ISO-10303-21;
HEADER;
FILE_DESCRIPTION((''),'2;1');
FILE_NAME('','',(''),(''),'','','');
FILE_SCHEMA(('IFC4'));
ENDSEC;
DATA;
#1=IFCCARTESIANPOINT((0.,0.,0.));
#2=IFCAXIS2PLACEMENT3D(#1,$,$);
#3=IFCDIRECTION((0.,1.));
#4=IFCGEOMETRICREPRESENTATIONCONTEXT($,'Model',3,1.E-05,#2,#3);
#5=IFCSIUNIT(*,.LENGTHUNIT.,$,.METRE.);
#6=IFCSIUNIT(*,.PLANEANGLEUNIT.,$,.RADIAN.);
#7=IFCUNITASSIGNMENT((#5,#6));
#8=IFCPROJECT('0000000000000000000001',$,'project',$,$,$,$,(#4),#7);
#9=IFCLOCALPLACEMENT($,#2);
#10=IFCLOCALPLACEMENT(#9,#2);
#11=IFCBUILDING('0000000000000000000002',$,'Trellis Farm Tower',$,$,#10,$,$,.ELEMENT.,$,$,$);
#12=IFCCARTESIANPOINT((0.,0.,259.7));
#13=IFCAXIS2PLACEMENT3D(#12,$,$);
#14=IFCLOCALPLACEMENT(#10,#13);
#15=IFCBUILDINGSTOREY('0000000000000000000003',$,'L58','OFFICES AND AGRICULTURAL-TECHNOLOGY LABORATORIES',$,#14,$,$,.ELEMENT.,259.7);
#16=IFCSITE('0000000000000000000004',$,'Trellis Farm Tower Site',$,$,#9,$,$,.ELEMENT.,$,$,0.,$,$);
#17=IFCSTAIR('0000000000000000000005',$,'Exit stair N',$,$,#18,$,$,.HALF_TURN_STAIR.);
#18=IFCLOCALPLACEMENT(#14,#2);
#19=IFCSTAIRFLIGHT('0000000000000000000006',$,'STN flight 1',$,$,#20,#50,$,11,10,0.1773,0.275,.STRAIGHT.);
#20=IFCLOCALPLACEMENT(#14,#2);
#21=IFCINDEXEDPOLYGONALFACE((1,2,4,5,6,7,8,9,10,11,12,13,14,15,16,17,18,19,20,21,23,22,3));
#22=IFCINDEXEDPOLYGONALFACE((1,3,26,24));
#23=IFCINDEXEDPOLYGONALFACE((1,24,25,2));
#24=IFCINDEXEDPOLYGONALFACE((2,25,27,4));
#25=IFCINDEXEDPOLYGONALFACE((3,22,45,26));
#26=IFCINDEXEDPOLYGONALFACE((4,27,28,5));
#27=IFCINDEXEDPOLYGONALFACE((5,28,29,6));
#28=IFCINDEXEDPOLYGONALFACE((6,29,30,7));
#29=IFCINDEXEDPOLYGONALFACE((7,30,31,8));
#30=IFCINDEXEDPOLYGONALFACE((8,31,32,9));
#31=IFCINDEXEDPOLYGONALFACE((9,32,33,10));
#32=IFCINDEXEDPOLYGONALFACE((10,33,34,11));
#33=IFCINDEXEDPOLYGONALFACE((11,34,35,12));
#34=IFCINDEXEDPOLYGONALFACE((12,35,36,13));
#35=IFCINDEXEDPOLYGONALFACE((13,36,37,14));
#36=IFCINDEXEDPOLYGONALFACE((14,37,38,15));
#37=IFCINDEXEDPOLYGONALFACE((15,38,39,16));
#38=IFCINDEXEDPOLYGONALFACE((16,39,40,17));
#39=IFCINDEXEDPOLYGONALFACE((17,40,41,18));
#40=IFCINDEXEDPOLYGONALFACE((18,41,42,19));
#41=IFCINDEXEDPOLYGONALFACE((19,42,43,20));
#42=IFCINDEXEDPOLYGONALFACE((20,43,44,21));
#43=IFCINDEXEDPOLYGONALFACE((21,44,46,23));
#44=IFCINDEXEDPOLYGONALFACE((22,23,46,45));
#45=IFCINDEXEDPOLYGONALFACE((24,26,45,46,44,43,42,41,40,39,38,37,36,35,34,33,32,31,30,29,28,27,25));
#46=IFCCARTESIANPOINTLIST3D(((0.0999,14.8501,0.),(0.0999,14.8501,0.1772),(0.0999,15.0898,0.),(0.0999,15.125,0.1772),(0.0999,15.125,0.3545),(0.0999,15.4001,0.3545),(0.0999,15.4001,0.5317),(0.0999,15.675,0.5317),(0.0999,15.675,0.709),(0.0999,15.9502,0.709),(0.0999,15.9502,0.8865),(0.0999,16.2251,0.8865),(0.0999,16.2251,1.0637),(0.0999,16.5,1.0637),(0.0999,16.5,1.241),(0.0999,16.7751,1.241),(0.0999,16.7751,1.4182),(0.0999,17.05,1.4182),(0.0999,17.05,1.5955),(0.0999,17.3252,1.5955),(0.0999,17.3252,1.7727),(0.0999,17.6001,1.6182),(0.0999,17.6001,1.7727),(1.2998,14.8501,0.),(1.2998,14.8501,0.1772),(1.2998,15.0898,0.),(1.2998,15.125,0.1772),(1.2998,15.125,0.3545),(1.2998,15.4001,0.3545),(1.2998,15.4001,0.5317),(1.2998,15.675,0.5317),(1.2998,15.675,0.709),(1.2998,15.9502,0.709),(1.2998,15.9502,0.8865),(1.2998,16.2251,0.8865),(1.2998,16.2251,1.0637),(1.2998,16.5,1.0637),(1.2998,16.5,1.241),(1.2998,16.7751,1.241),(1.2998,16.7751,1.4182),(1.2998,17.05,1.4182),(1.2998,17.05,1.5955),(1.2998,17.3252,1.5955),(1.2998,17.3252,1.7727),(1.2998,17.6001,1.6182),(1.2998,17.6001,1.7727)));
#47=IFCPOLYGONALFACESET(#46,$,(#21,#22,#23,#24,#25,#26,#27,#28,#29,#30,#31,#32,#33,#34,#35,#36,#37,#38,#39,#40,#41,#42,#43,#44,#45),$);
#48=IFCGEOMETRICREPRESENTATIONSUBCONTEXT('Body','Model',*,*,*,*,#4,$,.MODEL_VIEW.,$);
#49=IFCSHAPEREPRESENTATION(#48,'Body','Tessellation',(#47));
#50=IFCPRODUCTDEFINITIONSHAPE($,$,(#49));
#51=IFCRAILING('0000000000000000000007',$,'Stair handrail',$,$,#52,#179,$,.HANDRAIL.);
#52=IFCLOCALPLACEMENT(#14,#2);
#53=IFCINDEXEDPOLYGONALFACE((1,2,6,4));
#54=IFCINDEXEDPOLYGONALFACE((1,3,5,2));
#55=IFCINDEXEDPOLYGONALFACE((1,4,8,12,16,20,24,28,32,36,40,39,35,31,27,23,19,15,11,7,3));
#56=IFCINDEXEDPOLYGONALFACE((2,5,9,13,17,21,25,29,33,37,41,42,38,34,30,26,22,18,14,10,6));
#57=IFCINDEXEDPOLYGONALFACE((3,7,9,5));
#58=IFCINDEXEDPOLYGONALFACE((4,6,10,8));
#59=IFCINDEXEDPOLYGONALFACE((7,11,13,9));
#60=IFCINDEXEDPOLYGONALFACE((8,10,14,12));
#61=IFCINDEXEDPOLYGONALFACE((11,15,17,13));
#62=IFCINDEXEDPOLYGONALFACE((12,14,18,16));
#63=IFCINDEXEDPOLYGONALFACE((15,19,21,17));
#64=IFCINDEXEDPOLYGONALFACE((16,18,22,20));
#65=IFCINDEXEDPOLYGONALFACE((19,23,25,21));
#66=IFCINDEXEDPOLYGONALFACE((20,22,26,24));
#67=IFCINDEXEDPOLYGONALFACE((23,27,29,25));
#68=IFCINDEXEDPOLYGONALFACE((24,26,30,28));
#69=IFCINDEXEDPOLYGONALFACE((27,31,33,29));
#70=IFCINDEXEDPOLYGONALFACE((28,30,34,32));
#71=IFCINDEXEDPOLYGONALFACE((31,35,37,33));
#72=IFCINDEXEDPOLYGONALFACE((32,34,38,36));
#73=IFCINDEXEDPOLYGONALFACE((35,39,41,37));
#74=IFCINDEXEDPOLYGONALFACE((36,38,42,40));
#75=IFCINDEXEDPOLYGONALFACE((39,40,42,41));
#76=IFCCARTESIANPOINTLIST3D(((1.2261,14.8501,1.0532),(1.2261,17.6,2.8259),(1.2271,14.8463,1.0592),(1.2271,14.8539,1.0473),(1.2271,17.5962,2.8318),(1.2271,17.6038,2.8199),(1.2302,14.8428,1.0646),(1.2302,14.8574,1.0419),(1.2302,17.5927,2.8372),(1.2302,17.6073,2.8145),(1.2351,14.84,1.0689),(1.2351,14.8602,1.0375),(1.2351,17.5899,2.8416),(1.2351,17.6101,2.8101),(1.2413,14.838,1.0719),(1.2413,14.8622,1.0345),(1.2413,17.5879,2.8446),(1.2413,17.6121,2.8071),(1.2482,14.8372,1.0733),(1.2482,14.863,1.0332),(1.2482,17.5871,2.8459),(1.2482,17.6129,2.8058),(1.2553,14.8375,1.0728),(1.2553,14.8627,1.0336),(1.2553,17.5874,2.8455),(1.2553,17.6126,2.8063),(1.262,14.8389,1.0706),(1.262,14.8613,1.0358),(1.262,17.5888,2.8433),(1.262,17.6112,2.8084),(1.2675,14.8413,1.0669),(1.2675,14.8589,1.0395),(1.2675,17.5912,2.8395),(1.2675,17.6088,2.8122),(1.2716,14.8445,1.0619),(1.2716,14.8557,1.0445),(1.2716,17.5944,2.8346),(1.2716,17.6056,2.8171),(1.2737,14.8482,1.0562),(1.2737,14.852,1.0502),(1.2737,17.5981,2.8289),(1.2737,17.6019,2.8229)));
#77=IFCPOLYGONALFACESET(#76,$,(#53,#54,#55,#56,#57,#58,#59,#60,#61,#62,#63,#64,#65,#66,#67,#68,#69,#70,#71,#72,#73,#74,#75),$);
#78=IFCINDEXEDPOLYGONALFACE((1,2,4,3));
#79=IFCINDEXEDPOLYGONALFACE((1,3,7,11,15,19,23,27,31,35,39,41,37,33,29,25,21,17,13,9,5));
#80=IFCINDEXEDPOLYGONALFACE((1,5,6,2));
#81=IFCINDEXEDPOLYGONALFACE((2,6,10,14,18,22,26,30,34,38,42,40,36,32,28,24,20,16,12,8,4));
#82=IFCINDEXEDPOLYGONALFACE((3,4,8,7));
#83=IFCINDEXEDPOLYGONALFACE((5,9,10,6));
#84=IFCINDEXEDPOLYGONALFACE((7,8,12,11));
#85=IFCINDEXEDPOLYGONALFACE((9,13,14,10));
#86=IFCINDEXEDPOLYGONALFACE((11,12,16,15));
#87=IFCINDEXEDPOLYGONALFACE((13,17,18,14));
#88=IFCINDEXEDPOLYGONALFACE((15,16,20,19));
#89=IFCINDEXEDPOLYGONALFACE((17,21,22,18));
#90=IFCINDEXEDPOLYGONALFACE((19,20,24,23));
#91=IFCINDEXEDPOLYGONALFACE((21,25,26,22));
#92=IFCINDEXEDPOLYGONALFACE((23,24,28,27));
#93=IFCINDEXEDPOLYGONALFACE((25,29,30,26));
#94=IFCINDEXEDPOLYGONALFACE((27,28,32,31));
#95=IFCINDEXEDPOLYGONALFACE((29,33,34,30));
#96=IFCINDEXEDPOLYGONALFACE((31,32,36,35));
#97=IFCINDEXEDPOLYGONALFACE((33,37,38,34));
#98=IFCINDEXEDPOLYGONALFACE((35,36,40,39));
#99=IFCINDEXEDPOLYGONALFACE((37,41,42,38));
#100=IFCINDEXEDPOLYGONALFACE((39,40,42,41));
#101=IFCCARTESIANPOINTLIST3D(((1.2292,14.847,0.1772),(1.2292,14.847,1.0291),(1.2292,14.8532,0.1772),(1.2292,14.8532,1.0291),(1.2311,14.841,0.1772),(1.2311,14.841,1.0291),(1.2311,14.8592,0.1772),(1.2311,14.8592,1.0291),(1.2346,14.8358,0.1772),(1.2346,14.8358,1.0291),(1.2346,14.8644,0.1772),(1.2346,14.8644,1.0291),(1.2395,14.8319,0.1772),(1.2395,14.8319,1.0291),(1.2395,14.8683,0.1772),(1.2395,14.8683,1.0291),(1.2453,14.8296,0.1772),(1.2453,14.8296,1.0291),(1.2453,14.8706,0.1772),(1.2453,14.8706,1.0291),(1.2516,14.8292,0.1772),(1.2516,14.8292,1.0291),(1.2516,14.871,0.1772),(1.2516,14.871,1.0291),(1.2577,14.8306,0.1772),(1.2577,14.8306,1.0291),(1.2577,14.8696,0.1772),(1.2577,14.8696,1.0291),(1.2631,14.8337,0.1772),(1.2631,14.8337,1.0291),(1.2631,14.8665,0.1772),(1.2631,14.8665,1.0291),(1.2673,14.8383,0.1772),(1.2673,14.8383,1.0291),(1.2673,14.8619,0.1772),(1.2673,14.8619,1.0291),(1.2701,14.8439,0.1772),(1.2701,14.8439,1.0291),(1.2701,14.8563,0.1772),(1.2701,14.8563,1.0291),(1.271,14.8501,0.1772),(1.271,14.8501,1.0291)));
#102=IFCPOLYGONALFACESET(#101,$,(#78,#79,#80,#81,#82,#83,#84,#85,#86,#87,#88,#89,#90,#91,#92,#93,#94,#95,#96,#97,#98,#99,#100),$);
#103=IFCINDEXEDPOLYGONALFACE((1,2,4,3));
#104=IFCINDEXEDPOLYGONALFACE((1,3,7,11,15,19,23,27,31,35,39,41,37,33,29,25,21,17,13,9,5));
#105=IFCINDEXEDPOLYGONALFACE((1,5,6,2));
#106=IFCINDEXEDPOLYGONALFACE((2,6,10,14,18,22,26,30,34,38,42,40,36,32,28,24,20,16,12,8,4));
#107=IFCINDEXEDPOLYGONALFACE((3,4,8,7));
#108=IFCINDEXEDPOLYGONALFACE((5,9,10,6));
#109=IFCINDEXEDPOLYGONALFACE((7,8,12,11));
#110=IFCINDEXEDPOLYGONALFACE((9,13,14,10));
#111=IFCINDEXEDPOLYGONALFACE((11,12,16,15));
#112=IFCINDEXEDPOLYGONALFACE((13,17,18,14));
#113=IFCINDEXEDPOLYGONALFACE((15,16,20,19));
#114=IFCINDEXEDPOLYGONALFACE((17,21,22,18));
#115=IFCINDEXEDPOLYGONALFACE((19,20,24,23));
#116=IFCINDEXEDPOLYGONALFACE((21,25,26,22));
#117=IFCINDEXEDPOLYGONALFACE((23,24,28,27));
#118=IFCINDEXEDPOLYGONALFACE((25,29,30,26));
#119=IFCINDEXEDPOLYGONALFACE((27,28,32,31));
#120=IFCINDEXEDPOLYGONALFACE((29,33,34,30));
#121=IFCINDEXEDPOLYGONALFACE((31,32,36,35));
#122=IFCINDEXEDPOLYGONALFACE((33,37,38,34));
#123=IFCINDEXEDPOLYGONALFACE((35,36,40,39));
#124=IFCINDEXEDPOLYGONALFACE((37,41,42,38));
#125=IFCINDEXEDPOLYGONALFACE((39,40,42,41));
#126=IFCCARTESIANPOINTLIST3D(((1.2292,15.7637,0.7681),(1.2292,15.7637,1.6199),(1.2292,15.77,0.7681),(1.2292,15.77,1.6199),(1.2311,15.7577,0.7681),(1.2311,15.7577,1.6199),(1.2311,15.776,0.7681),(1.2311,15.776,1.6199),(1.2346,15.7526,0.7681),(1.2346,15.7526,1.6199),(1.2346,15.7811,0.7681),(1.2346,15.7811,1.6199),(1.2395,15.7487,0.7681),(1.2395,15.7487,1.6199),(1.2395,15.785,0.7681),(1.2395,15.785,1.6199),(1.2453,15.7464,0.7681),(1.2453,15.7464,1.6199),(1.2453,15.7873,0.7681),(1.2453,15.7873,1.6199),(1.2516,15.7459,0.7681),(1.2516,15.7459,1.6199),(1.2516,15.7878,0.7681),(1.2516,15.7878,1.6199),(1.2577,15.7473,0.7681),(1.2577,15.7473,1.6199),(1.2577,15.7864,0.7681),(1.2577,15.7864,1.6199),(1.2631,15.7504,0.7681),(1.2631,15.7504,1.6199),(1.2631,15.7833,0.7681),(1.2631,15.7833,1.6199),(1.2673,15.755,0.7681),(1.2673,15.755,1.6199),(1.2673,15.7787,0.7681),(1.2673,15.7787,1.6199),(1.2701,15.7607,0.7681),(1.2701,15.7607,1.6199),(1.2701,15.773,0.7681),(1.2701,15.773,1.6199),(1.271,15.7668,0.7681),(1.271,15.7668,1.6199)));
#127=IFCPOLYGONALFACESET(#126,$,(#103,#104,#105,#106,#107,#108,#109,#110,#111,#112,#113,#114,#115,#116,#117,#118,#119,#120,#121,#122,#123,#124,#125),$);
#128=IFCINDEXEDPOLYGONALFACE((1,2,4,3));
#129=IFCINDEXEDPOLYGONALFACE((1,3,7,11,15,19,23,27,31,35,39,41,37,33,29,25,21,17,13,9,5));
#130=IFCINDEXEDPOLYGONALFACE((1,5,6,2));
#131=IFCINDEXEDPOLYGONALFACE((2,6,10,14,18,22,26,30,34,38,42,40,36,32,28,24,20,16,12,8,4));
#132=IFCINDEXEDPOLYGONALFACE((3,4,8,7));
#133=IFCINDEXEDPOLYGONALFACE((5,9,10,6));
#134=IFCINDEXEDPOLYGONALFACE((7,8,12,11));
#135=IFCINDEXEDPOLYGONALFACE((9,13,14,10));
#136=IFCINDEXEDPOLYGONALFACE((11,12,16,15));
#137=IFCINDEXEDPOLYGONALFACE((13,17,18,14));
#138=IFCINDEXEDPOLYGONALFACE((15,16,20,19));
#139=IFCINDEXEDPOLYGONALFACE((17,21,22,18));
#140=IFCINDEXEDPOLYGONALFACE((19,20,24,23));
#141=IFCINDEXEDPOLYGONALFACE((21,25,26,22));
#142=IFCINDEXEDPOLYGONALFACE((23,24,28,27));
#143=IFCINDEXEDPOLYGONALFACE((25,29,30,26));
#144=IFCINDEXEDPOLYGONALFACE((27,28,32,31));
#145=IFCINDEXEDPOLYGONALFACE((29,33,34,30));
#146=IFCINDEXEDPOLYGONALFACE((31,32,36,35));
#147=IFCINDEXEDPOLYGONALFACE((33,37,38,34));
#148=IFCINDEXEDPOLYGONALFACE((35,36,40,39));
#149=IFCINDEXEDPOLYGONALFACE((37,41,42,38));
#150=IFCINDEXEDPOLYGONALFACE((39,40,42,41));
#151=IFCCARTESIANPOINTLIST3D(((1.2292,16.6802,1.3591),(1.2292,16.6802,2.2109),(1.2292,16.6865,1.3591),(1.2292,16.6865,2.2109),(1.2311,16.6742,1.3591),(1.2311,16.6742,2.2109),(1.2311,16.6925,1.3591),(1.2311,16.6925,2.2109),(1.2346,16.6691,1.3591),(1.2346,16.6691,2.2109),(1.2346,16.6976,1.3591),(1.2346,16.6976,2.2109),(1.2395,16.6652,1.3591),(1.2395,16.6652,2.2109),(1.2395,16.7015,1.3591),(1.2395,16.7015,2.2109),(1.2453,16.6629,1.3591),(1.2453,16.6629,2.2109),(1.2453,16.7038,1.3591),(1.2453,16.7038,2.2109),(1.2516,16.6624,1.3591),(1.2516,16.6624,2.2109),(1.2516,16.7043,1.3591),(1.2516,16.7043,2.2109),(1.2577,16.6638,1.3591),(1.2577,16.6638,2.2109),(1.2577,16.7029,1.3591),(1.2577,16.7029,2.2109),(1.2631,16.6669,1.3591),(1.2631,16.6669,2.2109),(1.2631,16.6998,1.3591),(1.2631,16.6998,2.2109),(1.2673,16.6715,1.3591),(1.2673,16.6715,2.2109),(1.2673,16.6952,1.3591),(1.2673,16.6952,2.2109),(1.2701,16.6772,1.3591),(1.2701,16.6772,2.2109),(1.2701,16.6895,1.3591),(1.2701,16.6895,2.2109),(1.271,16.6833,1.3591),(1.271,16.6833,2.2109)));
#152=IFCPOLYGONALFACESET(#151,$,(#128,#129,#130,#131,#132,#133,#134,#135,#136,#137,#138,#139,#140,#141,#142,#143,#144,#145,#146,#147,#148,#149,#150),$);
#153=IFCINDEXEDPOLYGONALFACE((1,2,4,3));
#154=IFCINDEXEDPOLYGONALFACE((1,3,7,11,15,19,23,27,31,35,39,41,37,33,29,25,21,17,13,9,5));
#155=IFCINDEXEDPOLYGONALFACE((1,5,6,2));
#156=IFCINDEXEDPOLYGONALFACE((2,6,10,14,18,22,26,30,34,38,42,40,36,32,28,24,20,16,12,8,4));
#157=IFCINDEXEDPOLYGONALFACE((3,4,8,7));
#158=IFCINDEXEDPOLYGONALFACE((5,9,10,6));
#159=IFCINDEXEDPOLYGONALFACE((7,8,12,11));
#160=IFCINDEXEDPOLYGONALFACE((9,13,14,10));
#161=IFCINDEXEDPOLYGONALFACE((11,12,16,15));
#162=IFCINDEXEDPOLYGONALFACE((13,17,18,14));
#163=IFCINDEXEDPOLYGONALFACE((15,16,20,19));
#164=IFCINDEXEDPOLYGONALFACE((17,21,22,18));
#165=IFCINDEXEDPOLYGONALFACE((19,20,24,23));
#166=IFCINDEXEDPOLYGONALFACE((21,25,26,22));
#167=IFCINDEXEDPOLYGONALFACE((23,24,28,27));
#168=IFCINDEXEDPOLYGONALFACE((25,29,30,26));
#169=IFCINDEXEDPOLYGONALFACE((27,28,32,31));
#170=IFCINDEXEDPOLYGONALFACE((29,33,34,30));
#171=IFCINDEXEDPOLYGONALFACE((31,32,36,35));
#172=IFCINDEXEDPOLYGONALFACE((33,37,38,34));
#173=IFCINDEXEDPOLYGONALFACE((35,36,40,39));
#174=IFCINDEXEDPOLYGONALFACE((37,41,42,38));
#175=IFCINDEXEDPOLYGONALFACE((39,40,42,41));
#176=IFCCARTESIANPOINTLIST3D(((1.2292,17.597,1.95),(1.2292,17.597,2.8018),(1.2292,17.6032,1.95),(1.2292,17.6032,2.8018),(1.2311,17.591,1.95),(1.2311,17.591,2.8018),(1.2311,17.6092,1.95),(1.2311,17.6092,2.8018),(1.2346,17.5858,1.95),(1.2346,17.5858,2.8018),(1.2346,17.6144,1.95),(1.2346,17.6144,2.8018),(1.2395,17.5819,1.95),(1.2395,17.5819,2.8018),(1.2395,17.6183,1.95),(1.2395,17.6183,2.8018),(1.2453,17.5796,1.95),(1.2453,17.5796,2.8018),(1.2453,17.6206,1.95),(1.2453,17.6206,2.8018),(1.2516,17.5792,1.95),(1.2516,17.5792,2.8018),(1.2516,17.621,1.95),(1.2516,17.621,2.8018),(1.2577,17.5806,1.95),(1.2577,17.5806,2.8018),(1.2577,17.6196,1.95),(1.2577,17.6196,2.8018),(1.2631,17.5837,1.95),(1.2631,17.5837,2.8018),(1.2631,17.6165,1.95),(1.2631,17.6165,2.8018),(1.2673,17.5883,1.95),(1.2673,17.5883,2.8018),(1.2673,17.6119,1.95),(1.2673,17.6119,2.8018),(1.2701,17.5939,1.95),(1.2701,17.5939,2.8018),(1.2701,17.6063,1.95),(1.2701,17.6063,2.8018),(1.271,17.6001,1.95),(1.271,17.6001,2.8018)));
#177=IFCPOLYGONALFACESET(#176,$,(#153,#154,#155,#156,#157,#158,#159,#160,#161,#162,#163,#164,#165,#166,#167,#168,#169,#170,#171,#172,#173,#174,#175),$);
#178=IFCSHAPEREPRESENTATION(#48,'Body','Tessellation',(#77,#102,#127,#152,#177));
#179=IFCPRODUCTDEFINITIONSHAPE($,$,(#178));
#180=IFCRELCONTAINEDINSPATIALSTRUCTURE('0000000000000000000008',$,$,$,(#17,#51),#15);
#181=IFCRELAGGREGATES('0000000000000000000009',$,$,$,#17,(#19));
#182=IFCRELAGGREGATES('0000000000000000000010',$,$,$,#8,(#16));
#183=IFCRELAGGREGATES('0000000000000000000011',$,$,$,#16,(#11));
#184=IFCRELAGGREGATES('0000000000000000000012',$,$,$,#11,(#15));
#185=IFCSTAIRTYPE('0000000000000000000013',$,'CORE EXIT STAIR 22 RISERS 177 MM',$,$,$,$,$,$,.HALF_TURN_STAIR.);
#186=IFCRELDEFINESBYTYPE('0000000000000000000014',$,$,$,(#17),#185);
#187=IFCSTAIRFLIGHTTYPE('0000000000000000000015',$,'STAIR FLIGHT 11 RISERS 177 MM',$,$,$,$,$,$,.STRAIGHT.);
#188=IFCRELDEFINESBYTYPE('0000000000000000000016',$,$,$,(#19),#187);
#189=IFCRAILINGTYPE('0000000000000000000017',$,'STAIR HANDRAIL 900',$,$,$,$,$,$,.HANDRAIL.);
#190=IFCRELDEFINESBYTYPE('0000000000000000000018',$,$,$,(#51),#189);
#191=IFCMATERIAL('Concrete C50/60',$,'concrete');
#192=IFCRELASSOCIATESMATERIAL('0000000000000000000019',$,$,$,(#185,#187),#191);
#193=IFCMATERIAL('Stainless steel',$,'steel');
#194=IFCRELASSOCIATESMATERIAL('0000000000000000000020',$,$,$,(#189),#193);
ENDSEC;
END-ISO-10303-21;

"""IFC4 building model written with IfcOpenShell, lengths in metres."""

from ifc_helpers import new_model, si_unit, direction, frame, origin, origin_2d, place, context, subcontext, project, spatial, polyline, circle, outline, extrude, source, transform, mapped, material, type_object, element, aggregate, save


model = new_model("IFC4")

# Units and contexts
model_context = context("Model", 3, precision=1e-05, world=origin(), true_north=direction((0.0, 1.0)))
body_context = subcontext(model_context, "Body", "Model", "MODEL_VIEW")
ifc_project = project(units=[si_unit("LENGTHUNIT", "METRE"), si_unit("PLANEANGLEUNIT", "RADIAN")], contexts=[model_context])

# Site, building, storey
site_placement = place(None, origin())
site = spatial("IfcSite", under=ifc_project, at=site_placement, Name="Trellis Farm Tower Site", CompositionType="ELEMENT", RefElevation=0.0)
building_placement = place(site_placement, origin())
building = spatial("IfcBuilding", under=site, at=building_placement, Name="Trellis Farm Tower", CompositionType="ELEMENT")
storey_placement = place(building_placement, frame((0.0, 0.0, 259.7)))
storey = spatial("IfcBuildingStorey", under=building, at=storey_placement, Name="L58", Description="OFFICES AND AGRICULTURAL-TECHNOLOGY LABORATORIES", CompositionType="ELEMENT", Elevation=259.7)

# Shared definitions
placement_1 = place(storey_placement, origin())

# Stair, stair flight
ifc_material_1 = material(Name="Concrete C50/60", Category="concrete")
stair_type = type_object("IfcStairType", Name="CORE EXIT STAIR 22 RISERS 177 MM", PredefinedType="HALF_TURN_STAIR", material=ifc_material_1)
stair = element("IfcStair", 1, at=placement_1, inside=storey, type_object=stair_type, Name="Exit stair N", PredefinedType="HALF_TURN_STAIR")
stair_flight_type = type_object("IfcStairFlightType", Name="STAIR FLIGHT 11 RISERS 177 MM", PredefinedType="STRAIGHT", material=ifc_material_1)
shared_shape_1 = source(origin(), body_context, "Body", "SweptSolid", [
    extrude(outline(polyline([(0.0, 0.0), (0.0, 0.1772), (0.2749, 0.1772), (0.2749, 0.3545), (0.55, 0.3545), (0.55, 0.5317), (0.825, 0.5317), (0.825, 0.709), (1.1001, 0.709), (1.1001, 0.8865), (1.375, 0.8865), (1.375, 1.0637), (1.6499, 1.0637), (1.6499, 1.241), (1.925, 1.241), (1.925, 1.4182), (2.2, 1.4182), (2.2, 1.5955), (2.4751, 1.5955), (2.4751, 1.7727), (2.75, 1.7727), (2.75, 1.95), (2.75, 1.6182), (0.2397, 0.0), (0.0, 0.0)])), frame((0.0, 0.6001, 0.0), z_axis=(0.0, -1.0, 0.0), x_axis=(1.0, 0.0, 0.0)), (0.0, 0.0, 1.0), 1.2),
])
stair_flight_placement = place(storey_placement, frame((0.7, 14.8501, 0.0), z_axis=(0.0, 0.0, 1.0), x_axis=(0.0, 1.0, 0.0)))
stair_flight = element("IfcStairFlight", 2, at=stair_flight_placement, type_object=stair_flight_type, Name="STN flight 1", NumberOfRisers=11, NumberOfTreads=10, PredefinedType="STRAIGHT", RiserHeight=0.1773, TreadLength=0.275, context=body_context, shape_type="MappedRepresentation", body=[
    mapped(shared_shape_1, transform((0.0, 0.0, 0.0))),
])
aggregate(stair, [stair_flight])

# Railing
ifc_material_2 = material(Name="Stainless steel", Category="steel")
railing_type = type_object("IfcRailingType", Name="STAIR HANDRAIL 900", PredefinedType="HANDRAIL", material=ifc_material_2)
shared_shape_2 = source(origin(), body_context, "Body", "SweptSolid", [
    extrude(circle(Radius=0.0239, at=origin_2d()), frame((0.0, 0.0, 0.876), z_axis=(0.0, 0.840504, 0.541806), x_axis=(-1.0, 0.0, 0.0)), (0.0, 0.0, 1.0), 3.2717),
    extrude(circle(Radius=0.021, at=origin_2d()), origin(), (0.0, 0.0, 1.0), 0.8518),
    extrude(circle(Radius=0.021, at=origin_2d()), frame((0.0, 0.9167, 0.5908)), (0.0, 0.0, 1.0), 0.8518),
    extrude(circle(Radius=0.021, at=origin_2d()), frame((0.0, 1.8333, 1.1819)), (0.0, 0.0, 1.0), 0.8518),
    extrude(circle(Radius=0.021, at=origin_2d()), frame((0.0, 2.75, 1.7727)), (0.0, 0.0, 1.0), 0.8518),
])
railing_placement = place(storey_placement, frame((1.25, 14.8501, 0.1772)))
element("IfcRailing", 3, at=railing_placement, inside=storey, type_object=railing_type, Name="Stair handrail", PredefinedType="HANDRAIL", context=body_context, shape_type="MappedRepresentation", body=[
    mapped(shared_shape_2, transform((0.0, 0.0, 0.0))),
])

save(model, "model.ifc")
